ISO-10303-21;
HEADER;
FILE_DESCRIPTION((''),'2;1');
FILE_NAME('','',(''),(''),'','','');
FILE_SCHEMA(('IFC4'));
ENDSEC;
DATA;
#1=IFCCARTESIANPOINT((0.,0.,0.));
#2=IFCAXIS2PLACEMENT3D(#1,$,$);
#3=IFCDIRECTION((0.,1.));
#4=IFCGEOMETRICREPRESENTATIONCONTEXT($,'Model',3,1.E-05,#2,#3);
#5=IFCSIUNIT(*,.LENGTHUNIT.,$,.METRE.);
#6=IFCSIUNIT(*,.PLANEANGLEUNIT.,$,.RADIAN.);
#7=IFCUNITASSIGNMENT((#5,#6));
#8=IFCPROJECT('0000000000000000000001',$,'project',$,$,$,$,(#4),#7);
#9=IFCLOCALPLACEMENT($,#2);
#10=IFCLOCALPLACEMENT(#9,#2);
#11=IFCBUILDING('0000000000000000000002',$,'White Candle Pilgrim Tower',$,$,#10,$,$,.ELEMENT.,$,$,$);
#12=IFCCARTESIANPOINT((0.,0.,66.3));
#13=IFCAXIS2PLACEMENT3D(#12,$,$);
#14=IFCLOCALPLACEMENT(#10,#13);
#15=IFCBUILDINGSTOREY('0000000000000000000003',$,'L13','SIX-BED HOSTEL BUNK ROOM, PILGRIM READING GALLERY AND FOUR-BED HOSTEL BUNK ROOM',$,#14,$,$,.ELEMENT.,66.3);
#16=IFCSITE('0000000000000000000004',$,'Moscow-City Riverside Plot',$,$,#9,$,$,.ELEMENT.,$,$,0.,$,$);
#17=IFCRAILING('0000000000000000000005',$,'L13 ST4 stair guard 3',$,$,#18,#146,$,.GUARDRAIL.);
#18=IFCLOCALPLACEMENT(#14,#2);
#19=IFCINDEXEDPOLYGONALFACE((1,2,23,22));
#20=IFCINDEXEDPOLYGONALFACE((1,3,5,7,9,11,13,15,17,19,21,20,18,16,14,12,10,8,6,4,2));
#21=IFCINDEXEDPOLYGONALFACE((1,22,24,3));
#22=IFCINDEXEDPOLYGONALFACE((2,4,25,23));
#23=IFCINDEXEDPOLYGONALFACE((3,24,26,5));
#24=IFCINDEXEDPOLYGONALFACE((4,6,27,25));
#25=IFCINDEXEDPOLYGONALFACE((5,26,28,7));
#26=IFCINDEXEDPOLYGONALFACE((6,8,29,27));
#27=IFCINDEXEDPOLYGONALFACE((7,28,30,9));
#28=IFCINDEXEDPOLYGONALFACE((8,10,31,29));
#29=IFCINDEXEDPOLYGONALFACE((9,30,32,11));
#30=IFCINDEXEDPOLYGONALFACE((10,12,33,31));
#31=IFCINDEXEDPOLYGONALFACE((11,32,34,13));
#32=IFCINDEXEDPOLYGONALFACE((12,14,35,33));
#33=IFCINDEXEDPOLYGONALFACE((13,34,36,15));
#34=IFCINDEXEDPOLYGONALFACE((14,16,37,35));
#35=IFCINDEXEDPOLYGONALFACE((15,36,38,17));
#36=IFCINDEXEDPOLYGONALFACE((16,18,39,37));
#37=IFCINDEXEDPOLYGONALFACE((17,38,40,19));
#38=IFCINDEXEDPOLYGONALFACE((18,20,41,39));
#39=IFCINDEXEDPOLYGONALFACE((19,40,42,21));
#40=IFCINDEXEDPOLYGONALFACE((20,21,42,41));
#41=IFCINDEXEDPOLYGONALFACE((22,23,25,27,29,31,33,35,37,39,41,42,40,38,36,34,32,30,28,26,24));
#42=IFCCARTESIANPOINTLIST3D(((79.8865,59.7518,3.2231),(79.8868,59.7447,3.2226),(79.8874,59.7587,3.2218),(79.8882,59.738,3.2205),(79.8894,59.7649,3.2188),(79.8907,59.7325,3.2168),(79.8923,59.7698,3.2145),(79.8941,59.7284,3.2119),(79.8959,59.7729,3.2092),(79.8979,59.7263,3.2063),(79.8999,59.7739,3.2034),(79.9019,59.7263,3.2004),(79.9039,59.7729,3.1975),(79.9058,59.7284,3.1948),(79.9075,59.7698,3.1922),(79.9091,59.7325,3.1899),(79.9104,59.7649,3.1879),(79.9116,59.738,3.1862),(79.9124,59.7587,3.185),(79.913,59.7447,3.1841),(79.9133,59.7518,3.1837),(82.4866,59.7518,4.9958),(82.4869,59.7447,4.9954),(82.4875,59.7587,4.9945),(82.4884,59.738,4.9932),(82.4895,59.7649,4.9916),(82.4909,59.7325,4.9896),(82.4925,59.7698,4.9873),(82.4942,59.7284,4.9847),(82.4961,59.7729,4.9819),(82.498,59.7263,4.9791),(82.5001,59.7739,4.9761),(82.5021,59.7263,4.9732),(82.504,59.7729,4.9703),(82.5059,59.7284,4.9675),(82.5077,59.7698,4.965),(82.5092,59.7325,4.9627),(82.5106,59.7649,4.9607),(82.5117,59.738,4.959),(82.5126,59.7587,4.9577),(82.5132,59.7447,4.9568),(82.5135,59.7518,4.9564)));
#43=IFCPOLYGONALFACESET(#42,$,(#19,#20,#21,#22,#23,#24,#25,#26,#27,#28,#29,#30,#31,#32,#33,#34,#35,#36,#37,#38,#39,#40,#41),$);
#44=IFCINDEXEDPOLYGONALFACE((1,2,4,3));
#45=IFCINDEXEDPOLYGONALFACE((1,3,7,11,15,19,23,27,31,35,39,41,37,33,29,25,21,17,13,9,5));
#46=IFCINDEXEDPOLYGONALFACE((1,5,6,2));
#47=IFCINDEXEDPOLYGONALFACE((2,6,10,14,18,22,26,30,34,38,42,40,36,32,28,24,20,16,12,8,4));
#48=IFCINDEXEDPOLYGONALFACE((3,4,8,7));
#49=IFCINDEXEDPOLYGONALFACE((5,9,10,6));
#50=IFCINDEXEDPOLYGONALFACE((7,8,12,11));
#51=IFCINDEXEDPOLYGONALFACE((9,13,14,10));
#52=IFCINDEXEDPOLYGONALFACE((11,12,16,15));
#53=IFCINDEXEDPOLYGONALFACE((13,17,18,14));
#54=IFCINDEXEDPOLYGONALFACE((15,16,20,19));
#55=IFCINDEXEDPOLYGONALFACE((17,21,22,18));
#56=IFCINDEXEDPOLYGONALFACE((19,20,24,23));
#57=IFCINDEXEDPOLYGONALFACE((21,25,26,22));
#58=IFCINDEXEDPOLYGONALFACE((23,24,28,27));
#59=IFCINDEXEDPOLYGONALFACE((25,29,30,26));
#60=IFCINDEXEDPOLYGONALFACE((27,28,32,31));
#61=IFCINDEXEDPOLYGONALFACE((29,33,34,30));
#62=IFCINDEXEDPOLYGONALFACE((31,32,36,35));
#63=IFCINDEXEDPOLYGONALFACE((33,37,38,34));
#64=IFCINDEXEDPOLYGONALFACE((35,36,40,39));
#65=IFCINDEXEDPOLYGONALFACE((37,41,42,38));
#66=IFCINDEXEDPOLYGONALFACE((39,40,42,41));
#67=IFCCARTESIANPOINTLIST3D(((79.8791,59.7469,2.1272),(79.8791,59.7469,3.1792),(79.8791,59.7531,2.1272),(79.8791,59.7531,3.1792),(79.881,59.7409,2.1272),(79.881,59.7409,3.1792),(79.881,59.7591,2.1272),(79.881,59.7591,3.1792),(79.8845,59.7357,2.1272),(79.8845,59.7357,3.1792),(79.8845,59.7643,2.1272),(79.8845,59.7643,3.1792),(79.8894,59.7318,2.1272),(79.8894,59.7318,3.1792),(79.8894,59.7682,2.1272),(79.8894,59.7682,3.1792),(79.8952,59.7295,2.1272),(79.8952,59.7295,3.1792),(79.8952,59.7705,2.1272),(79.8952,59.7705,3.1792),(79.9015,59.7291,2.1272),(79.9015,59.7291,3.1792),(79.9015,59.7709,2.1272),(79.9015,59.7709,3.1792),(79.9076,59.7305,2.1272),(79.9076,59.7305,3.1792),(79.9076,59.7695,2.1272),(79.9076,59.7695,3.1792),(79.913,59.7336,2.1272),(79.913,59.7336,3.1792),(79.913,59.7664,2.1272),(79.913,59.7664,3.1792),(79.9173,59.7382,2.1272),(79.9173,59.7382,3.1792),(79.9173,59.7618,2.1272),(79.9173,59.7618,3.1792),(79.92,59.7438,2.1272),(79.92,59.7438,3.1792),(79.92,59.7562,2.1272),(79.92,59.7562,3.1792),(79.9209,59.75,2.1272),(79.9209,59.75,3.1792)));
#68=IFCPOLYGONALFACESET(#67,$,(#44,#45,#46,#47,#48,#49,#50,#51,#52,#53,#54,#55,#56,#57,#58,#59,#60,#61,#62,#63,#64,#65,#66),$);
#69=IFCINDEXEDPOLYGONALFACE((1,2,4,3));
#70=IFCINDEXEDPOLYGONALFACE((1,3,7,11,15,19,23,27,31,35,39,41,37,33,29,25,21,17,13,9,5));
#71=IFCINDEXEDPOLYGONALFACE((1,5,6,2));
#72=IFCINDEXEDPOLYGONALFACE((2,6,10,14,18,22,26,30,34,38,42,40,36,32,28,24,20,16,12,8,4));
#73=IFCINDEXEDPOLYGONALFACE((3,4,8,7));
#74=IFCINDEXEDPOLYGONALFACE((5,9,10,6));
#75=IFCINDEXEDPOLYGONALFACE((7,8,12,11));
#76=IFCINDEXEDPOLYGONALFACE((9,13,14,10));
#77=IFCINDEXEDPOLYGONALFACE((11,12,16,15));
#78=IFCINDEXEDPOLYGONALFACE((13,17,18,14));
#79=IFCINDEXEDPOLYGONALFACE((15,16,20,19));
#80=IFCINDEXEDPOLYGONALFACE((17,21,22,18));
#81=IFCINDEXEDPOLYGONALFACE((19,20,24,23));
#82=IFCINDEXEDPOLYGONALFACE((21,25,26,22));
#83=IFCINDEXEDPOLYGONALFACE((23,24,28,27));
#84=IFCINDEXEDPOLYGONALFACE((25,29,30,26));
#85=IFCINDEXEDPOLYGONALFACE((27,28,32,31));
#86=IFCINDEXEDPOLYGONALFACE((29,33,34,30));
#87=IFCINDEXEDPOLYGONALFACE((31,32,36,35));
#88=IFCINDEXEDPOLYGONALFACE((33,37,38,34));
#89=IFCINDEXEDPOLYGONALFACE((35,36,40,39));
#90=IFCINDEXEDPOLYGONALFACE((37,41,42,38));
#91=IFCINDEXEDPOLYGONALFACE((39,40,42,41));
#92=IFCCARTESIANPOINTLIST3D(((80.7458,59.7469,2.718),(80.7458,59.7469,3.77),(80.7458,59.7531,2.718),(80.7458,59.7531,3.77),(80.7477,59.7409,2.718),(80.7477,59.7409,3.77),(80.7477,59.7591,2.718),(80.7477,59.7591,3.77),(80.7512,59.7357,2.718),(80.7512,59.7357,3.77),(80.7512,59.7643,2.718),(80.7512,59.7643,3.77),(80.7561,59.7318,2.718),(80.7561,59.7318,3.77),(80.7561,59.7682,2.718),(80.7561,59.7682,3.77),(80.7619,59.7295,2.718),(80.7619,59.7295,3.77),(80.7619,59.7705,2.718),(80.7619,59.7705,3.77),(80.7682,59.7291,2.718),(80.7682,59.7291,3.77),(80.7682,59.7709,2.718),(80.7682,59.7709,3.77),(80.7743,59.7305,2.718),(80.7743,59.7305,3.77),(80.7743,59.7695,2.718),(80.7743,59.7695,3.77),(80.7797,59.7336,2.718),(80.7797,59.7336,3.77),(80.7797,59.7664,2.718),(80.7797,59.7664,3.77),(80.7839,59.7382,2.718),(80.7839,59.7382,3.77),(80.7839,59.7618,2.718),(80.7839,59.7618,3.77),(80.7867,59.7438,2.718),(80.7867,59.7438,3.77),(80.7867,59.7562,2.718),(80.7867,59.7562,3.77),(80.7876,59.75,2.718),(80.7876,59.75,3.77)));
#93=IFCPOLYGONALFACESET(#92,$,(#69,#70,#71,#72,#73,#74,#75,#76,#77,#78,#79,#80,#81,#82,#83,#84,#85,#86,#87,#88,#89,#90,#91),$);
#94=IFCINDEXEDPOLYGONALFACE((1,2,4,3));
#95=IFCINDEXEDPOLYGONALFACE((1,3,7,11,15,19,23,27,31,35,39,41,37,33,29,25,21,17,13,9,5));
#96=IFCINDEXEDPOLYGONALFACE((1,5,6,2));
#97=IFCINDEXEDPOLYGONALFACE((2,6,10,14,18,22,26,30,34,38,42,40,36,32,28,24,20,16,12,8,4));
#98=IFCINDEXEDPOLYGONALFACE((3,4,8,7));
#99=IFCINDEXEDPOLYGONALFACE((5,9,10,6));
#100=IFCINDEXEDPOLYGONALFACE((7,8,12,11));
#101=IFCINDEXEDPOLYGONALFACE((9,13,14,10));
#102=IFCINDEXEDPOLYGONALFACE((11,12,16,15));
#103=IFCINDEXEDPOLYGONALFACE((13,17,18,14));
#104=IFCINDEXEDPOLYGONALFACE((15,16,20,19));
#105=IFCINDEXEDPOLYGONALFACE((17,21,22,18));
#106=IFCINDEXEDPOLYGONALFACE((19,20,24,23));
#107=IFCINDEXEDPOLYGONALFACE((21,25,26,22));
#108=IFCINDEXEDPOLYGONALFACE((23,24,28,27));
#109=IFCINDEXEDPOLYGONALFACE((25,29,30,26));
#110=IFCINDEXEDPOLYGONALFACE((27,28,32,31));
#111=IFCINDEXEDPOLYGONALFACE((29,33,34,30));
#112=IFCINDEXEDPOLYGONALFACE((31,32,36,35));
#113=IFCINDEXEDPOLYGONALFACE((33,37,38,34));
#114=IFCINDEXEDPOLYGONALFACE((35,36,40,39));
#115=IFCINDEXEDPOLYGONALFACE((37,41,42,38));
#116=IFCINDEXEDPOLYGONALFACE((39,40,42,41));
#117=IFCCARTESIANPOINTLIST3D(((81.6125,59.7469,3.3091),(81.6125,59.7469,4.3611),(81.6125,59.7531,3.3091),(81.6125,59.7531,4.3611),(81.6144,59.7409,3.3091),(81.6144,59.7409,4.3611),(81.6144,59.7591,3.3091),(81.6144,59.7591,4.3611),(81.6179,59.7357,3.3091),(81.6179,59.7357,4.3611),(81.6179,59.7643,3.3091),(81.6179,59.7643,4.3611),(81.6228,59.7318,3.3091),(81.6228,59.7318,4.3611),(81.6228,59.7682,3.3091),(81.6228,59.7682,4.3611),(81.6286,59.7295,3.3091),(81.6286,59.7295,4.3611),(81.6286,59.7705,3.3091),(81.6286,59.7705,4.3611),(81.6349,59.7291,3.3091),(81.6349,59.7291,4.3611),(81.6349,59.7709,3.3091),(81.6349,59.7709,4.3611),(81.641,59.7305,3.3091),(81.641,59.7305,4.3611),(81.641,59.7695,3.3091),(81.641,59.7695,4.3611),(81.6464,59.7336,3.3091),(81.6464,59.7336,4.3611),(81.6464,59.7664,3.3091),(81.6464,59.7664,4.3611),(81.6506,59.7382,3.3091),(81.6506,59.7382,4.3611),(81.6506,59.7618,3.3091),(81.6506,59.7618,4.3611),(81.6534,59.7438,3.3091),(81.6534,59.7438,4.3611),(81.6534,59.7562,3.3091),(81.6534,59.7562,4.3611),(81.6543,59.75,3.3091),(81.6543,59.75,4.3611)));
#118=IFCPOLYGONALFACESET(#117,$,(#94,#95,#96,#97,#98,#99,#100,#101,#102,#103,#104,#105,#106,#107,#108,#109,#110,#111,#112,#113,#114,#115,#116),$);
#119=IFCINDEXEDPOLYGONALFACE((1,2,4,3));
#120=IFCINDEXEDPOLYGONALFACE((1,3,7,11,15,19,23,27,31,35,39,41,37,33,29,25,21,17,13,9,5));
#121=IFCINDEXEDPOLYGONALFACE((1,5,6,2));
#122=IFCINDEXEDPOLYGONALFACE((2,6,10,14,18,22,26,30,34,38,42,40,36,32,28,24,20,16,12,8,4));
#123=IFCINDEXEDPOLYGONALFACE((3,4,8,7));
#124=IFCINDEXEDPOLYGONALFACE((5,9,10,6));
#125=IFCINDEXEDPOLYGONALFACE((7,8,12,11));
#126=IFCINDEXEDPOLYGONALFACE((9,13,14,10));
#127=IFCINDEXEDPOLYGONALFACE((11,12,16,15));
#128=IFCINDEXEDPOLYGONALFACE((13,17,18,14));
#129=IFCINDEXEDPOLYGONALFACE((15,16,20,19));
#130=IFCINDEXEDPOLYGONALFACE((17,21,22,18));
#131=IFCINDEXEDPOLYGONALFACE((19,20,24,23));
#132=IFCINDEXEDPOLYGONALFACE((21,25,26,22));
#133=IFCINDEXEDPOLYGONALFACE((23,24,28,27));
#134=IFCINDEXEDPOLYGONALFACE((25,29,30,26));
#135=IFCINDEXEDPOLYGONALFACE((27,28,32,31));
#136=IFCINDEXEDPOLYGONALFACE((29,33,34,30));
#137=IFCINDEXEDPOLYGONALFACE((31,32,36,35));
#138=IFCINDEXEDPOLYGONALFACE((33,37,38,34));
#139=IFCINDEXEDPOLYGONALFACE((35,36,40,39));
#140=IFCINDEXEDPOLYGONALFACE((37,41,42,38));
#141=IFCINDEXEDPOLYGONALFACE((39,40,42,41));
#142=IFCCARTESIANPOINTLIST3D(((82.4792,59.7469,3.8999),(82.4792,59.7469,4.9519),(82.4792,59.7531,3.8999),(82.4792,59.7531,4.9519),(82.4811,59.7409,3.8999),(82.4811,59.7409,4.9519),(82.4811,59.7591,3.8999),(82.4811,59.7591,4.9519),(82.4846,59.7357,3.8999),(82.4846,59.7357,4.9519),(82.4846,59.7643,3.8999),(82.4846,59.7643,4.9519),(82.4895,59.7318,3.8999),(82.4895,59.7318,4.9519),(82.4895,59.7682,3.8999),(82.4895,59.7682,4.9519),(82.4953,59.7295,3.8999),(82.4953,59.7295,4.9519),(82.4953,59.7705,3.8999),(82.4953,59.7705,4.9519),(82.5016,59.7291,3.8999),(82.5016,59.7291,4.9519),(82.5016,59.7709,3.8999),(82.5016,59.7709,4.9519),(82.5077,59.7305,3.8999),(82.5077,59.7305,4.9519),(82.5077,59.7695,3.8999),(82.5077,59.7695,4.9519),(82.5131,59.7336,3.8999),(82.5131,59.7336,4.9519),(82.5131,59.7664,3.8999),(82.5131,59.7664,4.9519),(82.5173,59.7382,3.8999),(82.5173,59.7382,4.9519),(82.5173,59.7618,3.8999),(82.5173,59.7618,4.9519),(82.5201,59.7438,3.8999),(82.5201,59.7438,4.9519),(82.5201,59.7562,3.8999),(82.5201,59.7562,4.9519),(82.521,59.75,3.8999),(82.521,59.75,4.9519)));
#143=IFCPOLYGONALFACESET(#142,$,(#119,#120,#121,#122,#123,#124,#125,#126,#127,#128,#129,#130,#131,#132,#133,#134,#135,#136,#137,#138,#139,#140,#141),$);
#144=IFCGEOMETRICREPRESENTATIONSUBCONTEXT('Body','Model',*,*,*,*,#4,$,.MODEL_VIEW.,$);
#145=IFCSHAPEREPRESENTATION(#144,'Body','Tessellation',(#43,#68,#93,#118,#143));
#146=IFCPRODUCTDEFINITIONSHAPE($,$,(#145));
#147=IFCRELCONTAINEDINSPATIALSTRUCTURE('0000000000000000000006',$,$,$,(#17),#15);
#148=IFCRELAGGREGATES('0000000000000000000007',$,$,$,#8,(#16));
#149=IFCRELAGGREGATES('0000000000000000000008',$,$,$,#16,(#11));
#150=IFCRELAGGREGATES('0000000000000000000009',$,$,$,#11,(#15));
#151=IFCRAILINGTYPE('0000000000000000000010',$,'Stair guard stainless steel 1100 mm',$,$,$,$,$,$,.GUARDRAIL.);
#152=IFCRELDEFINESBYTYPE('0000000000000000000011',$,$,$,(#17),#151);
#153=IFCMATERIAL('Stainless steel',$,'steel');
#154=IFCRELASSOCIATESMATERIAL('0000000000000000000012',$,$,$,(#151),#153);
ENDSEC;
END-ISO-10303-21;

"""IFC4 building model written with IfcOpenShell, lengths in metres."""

from ifc_helpers import new_model, si_unit, direction, frame, origin, origin_2d, place, context, subcontext, project, spatial, circle, extrude, material, type_object, element, save


model = new_model("IFC4")

# Units and contexts
model_context = context("Model", 3, precision=1e-05, world=origin(), true_north=direction((0.0, 1.0)))
body_context = subcontext(model_context, "Body", "Model", "MODEL_VIEW")
ifc_project = project(units=[si_unit("LENGTHUNIT", "METRE"), si_unit("PLANEANGLEUNIT", "RADIAN")], contexts=[model_context])

# Site, building, storey
site_placement = place(None, origin())
site = spatial("IfcSite", under=ifc_project, at=site_placement, Name="Moscow-City Riverside Plot", CompositionType="ELEMENT", RefElevation=0.0)
building_placement = place(site_placement, origin())
building = spatial("IfcBuilding", under=site, at=building_placement, Name="White Candle Pilgrim Tower", CompositionType="ELEMENT")
storey_placement = place(building_placement, frame((0.0, 0.0, 66.3)))
storey = spatial("IfcBuildingStorey", under=building, at=storey_placement, Name="L13", Description="SIX-BED HOSTEL BUNK ROOM, PILGRIM READING GALLERY AND FOUR-BED HOSTEL BUNK ROOM", CompositionType="ELEMENT", Elevation=66.3)

# Railing
ifc_material_1 = material(Name="Stainless steel", Category="steel")
railing_type_1 = type_object("IfcRailingType", Name="Stair guard stainless steel 1100 mm", PredefinedType="GUARDRAIL", material=ifc_material_1)
railing_1_placement = place(storey_placement, frame((79.8999, 59.75, 2.1272)))
element("IfcRailing", 1, at=railing_1_placement, inside=storey, type_object=railing_type_1, Name="L13 ST4 stair guard 3", PredefinedType="GUARDRAIL", context=body_context, shape_type="SweptSolid", body=[
    extrude(circle(Radius=0.0239, at=origin_2d()), frame((0.0, 0.0, 1.0762), z_axis=(0.82624, 0.0, 0.563318), x_axis=(0.0, 1.0, 0.0)), (0.0, 0.0, 1.0), 3.147),
    extrude(circle(Radius=0.021, at=origin_2d()), origin(), (0.0, 0.0, 1.0), 1.052),
    extrude(circle(Radius=0.021, at=origin_2d()), frame((0.8667, 0.0, 0.5908)), (0.0, 0.0, 1.0), 1.052),
    extrude(circle(Radius=0.021, at=origin_2d()), frame((1.7334, 0.0, 1.1819)), (0.0, 0.0, 1.0), 1.052),
    extrude(circle(Radius=0.021, at=origin_2d()), frame((2.6001, 0.0, 1.7727)), (0.0, 0.0, 1.0), 1.052),
])

save(model, "model.ifc")
